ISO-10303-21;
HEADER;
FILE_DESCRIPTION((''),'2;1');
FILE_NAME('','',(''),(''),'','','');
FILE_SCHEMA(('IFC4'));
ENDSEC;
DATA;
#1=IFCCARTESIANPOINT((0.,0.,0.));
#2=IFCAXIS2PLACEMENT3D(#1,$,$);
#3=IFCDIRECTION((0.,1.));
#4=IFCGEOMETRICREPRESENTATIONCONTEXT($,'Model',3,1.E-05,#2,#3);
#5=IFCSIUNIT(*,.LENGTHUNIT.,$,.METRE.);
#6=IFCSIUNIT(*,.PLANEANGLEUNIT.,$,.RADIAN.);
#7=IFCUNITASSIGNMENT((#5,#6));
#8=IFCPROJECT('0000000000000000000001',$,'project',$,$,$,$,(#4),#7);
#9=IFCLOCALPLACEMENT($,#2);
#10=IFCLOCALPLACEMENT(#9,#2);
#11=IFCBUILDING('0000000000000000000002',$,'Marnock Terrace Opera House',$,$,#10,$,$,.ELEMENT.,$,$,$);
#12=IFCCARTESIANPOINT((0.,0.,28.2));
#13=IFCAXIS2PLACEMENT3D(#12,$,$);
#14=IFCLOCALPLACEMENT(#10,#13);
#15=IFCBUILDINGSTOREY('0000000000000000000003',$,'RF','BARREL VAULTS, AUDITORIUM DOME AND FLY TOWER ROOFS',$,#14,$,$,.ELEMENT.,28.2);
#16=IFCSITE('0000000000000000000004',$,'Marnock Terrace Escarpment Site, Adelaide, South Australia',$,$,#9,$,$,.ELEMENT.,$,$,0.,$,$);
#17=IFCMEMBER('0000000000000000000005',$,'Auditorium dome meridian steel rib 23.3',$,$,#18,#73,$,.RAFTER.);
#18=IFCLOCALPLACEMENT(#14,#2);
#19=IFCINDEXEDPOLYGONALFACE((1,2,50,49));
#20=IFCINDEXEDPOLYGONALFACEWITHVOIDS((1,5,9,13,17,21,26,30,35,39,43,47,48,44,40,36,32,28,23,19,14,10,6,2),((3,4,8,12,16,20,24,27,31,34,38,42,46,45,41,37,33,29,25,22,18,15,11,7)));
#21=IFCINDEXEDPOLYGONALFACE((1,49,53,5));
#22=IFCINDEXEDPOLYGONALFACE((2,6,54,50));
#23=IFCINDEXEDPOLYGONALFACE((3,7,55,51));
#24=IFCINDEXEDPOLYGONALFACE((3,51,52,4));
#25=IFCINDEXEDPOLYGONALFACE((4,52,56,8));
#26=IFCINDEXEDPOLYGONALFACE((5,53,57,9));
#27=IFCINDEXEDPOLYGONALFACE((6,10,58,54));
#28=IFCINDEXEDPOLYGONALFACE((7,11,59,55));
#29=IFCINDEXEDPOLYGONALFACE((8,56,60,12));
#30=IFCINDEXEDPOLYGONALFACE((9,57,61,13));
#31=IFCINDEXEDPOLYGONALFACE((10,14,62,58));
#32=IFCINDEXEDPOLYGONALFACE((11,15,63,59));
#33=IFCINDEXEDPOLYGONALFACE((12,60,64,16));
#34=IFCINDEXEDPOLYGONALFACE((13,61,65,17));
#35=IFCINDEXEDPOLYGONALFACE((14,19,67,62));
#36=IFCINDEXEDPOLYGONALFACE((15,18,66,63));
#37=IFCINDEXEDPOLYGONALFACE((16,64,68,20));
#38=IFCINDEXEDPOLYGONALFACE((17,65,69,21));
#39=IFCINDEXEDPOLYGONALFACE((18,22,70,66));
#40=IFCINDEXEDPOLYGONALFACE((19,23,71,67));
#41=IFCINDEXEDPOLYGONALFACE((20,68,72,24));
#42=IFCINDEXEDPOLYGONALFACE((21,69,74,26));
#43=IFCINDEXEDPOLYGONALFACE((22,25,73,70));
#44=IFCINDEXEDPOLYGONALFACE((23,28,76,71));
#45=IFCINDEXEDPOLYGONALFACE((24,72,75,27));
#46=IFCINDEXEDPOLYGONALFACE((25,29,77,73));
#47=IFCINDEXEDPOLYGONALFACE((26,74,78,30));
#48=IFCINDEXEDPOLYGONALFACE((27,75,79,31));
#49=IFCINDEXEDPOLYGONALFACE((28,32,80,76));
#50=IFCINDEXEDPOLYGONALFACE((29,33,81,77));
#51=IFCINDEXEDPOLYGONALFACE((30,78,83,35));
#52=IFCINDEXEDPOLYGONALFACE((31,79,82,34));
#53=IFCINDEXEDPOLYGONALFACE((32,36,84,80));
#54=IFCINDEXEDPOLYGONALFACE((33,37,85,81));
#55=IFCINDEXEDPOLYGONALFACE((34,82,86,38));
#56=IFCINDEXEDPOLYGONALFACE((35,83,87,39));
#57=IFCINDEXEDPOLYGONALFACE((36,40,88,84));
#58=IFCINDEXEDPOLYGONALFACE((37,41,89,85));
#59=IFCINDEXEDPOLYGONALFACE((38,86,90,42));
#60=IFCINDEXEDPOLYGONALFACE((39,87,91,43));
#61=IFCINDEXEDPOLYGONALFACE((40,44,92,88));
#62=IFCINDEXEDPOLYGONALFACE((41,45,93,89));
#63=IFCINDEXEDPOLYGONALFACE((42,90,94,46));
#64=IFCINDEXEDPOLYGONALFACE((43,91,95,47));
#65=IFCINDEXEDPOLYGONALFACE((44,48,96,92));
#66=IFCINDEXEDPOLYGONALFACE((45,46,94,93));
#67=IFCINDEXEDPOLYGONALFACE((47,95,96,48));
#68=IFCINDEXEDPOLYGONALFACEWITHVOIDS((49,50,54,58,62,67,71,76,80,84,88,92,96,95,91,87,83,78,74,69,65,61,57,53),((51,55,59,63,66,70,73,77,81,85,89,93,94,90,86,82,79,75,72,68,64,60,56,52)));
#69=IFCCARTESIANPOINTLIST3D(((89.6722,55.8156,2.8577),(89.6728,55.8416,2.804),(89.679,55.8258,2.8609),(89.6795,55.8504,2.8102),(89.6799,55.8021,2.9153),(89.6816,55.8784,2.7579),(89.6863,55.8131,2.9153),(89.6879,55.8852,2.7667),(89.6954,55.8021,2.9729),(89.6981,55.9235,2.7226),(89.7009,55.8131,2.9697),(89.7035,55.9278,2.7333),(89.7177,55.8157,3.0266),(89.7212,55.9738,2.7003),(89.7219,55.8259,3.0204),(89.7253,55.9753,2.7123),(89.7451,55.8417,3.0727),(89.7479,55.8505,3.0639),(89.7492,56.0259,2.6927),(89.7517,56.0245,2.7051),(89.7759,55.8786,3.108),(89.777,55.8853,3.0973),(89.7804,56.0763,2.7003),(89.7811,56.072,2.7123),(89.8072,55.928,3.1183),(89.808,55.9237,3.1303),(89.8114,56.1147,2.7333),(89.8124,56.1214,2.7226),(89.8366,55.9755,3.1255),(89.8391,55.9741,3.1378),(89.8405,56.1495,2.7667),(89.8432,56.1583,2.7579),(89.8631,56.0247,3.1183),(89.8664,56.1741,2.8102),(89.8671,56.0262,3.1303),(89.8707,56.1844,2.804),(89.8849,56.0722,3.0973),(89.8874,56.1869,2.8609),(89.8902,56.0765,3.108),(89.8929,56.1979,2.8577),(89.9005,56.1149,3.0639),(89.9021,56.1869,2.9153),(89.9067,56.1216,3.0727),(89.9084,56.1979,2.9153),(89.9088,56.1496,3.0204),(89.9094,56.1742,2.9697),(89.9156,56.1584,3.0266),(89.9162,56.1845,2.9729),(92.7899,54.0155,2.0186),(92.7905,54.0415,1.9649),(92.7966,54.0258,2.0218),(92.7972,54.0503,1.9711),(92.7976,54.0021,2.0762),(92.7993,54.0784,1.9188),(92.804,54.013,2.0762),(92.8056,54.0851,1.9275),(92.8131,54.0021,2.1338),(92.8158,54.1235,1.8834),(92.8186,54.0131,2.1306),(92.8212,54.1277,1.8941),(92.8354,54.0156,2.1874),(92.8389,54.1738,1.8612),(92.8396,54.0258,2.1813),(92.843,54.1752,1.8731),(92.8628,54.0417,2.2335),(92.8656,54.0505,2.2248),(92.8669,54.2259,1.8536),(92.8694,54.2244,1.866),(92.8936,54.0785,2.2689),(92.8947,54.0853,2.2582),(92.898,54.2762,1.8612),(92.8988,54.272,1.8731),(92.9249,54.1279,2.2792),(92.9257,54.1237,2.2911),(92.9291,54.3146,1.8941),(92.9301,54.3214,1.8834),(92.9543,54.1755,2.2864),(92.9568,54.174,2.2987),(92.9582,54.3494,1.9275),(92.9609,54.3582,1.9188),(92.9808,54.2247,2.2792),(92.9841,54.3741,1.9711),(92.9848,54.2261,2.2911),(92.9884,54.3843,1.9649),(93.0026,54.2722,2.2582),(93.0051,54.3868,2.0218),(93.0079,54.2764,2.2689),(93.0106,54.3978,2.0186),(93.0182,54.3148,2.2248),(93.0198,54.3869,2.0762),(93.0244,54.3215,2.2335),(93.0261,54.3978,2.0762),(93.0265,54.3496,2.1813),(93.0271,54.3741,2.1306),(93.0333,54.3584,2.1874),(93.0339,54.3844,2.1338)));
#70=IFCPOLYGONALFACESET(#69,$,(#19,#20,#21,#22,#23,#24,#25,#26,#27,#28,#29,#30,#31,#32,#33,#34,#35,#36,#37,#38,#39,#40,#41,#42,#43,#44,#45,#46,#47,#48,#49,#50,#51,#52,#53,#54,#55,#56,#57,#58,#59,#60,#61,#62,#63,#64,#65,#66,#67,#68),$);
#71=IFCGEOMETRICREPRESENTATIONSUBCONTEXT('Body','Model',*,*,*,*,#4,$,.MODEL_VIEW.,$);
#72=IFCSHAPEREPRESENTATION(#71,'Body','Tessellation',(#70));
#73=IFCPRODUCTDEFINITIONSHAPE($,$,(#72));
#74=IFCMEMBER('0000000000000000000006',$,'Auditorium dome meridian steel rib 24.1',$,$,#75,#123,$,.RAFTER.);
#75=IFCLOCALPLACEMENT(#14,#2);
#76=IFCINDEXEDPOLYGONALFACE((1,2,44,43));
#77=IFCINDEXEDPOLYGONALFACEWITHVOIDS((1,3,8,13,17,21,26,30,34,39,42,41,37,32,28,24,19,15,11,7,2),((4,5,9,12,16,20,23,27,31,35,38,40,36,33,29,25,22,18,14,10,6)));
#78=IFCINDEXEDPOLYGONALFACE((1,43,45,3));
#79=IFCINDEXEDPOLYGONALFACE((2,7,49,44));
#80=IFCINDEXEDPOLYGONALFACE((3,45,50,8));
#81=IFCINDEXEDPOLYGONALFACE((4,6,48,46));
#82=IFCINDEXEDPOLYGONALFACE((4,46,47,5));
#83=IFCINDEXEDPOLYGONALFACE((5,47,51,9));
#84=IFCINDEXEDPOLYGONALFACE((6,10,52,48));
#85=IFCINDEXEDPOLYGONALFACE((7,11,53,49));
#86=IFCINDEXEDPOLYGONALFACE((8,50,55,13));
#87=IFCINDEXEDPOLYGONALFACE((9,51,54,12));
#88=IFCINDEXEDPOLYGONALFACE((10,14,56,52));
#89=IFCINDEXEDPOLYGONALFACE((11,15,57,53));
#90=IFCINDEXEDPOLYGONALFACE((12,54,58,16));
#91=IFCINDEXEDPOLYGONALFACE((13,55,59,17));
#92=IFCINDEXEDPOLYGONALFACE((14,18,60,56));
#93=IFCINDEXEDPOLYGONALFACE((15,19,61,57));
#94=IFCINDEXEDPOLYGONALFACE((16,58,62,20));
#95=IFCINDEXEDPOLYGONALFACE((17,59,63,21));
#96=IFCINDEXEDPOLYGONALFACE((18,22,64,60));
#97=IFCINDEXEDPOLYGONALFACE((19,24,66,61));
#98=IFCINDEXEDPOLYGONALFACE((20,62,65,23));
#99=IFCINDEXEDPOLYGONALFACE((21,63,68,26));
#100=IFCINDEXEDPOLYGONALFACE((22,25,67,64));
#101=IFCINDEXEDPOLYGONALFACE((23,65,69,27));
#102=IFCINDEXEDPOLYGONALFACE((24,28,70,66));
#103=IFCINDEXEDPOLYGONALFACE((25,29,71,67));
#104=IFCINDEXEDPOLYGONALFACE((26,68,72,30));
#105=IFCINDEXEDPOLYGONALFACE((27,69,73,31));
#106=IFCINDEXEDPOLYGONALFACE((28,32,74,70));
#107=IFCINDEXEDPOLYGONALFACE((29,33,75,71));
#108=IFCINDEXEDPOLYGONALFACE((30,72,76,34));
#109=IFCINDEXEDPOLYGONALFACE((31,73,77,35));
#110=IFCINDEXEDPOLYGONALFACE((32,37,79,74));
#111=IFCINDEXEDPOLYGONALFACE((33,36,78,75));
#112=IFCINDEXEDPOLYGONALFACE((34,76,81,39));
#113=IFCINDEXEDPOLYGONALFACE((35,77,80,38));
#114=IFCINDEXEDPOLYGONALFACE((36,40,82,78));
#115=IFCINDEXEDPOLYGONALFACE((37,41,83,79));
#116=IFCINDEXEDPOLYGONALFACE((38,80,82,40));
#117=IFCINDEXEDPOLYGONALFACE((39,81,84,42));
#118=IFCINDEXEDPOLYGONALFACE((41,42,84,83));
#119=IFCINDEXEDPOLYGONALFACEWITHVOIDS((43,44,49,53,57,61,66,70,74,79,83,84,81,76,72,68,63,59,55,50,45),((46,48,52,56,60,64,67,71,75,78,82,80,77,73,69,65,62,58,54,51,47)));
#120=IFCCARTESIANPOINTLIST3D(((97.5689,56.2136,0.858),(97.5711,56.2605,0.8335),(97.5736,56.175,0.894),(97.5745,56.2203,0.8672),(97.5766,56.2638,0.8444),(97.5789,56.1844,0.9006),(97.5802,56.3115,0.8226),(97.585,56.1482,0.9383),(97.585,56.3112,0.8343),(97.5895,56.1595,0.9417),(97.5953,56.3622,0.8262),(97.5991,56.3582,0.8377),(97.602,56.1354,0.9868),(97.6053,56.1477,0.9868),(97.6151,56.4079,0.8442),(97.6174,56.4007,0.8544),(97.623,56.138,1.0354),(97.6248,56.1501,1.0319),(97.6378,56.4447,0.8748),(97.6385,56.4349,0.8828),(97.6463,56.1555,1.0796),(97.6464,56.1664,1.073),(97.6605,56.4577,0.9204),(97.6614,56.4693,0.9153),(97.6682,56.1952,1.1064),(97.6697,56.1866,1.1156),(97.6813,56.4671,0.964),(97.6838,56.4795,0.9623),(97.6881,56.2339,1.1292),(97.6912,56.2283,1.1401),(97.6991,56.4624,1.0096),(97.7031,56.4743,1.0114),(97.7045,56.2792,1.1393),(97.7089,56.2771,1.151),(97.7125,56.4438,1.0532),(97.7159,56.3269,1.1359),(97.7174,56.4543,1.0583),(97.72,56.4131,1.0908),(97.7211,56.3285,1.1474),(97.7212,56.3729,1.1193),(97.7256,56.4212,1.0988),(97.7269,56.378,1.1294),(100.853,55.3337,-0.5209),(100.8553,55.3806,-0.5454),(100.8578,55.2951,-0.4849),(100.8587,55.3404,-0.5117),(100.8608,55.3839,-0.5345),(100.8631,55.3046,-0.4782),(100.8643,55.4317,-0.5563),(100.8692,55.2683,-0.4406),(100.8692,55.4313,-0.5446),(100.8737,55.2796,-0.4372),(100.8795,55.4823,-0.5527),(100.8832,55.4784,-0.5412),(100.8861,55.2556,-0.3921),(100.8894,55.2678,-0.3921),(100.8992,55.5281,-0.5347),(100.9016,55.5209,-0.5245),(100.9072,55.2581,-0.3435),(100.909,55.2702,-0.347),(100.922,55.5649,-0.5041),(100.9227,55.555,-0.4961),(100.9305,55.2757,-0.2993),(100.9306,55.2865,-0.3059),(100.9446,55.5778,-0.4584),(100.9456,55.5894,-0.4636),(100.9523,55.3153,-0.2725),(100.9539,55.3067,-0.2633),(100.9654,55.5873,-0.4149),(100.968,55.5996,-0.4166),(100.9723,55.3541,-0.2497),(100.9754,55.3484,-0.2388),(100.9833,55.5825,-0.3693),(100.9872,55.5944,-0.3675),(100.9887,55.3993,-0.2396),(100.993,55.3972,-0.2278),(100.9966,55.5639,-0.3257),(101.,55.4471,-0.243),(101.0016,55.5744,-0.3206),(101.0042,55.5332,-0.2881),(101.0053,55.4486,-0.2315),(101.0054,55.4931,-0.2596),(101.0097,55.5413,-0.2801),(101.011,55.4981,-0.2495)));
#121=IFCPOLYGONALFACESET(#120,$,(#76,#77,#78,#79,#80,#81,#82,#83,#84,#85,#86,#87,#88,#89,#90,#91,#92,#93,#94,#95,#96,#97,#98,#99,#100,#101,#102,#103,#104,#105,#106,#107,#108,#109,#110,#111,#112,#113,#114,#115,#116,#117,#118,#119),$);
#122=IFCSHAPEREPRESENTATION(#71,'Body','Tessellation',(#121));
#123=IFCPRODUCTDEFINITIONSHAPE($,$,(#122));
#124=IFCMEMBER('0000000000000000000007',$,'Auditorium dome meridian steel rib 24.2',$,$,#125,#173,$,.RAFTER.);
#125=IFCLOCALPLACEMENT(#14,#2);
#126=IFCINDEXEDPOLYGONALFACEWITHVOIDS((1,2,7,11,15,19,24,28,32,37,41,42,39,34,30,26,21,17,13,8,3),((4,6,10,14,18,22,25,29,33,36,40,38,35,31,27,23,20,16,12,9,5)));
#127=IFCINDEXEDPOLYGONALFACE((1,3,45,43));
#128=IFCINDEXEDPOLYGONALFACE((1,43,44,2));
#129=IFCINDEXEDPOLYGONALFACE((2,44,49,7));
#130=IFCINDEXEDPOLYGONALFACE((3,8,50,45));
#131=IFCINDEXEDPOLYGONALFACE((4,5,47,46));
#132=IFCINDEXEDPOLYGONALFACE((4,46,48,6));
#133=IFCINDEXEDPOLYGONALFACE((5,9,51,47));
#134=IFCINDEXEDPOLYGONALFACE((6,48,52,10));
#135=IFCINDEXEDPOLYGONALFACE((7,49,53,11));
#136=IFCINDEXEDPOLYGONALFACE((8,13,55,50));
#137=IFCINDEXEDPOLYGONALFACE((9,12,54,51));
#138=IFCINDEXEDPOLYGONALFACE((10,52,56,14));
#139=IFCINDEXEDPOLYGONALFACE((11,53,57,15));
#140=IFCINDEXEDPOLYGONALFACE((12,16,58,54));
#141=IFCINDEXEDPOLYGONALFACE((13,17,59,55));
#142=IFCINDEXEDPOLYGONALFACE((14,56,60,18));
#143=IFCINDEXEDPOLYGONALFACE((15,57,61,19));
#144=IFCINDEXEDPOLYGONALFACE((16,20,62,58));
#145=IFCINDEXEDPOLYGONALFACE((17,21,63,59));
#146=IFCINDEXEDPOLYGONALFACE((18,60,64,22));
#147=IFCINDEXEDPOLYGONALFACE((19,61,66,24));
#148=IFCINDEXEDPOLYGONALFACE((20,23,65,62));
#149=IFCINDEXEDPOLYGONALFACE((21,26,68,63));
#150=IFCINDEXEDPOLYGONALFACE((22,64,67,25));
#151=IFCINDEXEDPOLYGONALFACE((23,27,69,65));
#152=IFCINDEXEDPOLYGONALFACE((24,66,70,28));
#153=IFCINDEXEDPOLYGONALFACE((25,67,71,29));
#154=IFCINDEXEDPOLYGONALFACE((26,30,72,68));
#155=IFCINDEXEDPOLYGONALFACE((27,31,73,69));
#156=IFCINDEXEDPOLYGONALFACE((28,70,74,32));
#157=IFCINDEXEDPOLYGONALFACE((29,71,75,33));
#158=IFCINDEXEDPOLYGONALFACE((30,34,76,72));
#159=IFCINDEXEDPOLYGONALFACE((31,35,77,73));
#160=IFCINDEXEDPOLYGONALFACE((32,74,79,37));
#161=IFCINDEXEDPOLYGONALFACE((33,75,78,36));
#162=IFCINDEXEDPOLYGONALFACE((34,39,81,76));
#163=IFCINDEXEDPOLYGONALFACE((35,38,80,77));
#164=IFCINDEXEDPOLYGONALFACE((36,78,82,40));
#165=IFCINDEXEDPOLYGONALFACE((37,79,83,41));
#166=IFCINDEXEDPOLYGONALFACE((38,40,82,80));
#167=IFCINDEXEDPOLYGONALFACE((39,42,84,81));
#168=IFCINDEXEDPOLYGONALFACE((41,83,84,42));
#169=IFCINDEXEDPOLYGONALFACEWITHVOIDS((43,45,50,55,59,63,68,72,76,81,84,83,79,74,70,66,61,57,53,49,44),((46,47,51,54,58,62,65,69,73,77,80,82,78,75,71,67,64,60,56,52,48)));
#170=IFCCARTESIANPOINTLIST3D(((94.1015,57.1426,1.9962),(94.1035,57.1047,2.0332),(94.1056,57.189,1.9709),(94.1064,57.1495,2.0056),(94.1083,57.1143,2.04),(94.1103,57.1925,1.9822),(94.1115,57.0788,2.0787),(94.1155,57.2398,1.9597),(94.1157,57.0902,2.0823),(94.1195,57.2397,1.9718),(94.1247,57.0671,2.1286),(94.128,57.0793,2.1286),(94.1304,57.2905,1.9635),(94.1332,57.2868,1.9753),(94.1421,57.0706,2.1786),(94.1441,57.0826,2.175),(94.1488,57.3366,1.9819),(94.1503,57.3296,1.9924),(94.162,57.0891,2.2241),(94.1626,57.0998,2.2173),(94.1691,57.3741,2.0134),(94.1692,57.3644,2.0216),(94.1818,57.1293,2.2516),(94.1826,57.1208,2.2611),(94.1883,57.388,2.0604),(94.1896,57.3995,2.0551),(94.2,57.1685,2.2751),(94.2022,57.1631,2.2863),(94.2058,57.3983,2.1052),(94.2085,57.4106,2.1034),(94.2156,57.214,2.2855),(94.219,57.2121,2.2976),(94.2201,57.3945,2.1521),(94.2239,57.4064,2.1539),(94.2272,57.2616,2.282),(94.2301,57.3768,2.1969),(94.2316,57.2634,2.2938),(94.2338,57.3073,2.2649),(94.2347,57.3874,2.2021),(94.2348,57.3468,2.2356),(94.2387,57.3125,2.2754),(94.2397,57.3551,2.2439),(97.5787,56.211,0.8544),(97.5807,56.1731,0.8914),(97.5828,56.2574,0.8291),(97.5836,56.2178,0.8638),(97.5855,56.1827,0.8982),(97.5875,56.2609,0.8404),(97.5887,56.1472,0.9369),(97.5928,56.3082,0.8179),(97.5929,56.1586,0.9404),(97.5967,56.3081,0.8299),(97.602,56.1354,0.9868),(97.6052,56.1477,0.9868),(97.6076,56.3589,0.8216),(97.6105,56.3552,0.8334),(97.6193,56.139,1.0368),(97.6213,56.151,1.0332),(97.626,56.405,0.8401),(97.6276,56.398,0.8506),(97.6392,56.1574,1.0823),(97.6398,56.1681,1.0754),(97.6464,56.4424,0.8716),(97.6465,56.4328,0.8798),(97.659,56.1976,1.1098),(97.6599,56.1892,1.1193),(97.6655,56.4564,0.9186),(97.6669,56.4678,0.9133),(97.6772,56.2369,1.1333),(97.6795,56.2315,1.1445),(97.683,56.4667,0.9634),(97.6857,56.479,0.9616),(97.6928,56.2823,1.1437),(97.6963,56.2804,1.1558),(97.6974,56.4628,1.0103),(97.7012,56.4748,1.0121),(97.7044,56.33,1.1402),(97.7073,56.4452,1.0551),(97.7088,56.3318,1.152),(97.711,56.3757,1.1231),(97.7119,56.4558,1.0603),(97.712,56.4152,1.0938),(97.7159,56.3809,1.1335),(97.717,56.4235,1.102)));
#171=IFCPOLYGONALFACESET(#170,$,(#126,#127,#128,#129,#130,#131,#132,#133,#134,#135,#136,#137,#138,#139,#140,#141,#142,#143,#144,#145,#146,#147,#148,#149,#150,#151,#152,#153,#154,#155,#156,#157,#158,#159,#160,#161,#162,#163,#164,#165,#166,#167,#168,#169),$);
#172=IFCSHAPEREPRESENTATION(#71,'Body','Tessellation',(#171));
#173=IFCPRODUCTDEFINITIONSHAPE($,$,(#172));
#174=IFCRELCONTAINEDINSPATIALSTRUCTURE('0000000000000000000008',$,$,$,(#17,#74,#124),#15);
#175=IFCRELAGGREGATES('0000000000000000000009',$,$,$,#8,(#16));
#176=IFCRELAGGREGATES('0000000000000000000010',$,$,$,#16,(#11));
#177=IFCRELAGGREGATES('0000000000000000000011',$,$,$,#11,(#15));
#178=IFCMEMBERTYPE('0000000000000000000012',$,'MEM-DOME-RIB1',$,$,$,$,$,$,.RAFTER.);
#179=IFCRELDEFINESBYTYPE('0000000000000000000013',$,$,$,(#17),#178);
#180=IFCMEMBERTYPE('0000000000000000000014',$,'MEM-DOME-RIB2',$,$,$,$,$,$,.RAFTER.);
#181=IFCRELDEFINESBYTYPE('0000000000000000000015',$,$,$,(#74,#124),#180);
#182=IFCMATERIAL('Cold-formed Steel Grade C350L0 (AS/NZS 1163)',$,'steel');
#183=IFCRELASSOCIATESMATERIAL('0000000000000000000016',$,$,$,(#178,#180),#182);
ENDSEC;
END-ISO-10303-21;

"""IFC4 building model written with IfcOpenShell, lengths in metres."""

from ifc_helpers import new_model, si_unit, direction, frame, origin, origin_2d, place, context, subcontext, project, spatial, hollow_circle, extrude, material, material_profile, profile_set, type_object, element, save


model = new_model("IFC4")

# Units and contexts
model_context = context("Model", 3, precision=1e-05, world=origin(), true_north=direction((0.0, 1.0)))
body_context = subcontext(model_context, "Body", "Model", "MODEL_VIEW")
ifc_project = project(units=[si_unit("LENGTHUNIT", "METRE"), si_unit("PLANEANGLEUNIT", "RADIAN")], contexts=[model_context])

# Site, building, storey
site_placement = place(None, origin())
site = spatial("IfcSite", under=ifc_project, at=site_placement, Name="Marnock Terrace Escarpment Site, Adelaide, South Australia", CompositionType="ELEMENT", RefElevation=0.0)
building_placement = place(site_placement, origin())
building = spatial("IfcBuilding", under=site, at=building_placement, Name="Marnock Terrace Opera House", CompositionType="ELEMENT")
storey_placement = place(building_placement, frame((0.0, 0.0, 28.2)))
storey = spatial("IfcBuildingStorey", under=building, at=storey_placement, Name="RF", Description="BARREL VAULTS, AUDITORIUM DOME AND FLY TOWER ROOFS", CompositionType="ELEMENT", Elevation=28.2)

# Members
ifc_material_1 = material(Name="Cold-formed Steel Grade C350L0 (AS/NZS 1163)", Category="steel")
ifc_material_profile_1 = material_profile(ifc_material_1, hollow_circle(Radius=0.2285, WallThickness=0.0127, at=origin_2d()))
ifc_profile_set_1 = profile_set([ifc_material_profile_1], Name="Cold-formed Steel Grade C350L0 (AS/NZS 1163)")
member_type_1 = type_object("IfcMemberType", Name="MEM-DOME-RIB1", PredefinedType="RAFTER", material=ifc_profile_set_1)
member_1_placement = place(storey_placement, frame((92.9119, 54.2, 2.0762), z_axis=(-0.843411, 0.486959, 0.227001), x_axis=(-0.500012, -0.866018, 0.0)))
element("IfcMember", 1, at=member_1_placement, inside=storey, type_object=member_type_1, Name="Auditorium dome meridian steel rib 23.3", PredefinedType="RAFTER", context=body_context, shape_type="SweptSolid", body=[
    extrude(hollow_circle(Radius=0.2285, WallThickness=0.0127, at=origin_2d()), origin(), (0.0, 0.0, 1.0), 3.6965),
])
ifc_material_profile_2 = material_profile(ifc_material_1, hollow_circle(Radius=0.1777, WallThickness=0.0127, at=origin_2d()))
ifc_profile_set_2 = profile_set([ifc_material_profile_2], Name="Cold-formed Steel Grade C350L0 (AS/NZS 1163)")
member_type_2 = type_object("IfcMemberType", Name="MEM-DOME-RIB2", PredefinedType="RAFTER", material=ifc_profile_set_2)
member_2_placement = place(storey_placement, frame((100.9321, 55.4272, -0.3921), z_axis=(-0.895121, 0.239817, 0.375828), x_axis=(-0.258789, -0.965934, 0.0)))
element("IfcMember", 2, at=member_2_placement, inside=storey, type_object=member_type_2, Name="Auditorium dome meridian steel rib 24.1", PredefinedType="RAFTER", context=body_context, shape_type="SweptSolid", body=[
    extrude(hollow_circle(Radius=0.1777, WallThickness=0.0127, at=origin_2d()), origin(), (0.0, 0.0, 1.0), 3.6689),
])
member_3_placement = place(storey_placement, frame((97.6479, 56.3071, 0.9868), z_axis=(-0.920727, 0.246682, 0.302341), x_axis=(-0.258794, -0.965933, 0.0)))
element("IfcMember", 3, at=member_3_placement, inside=storey, type_object=member_type_2, Name="Auditorium dome meridian steel rib 24.2", PredefinedType="RAFTER", context=body_context, shape_type="SweptSolid", body=[
    extrude(hollow_circle(Radius=0.1777, WallThickness=0.0127, at=origin_2d()), origin(), (0.0, 0.0, 1.0), 3.7766),
])

save(model, "model.ifc")
